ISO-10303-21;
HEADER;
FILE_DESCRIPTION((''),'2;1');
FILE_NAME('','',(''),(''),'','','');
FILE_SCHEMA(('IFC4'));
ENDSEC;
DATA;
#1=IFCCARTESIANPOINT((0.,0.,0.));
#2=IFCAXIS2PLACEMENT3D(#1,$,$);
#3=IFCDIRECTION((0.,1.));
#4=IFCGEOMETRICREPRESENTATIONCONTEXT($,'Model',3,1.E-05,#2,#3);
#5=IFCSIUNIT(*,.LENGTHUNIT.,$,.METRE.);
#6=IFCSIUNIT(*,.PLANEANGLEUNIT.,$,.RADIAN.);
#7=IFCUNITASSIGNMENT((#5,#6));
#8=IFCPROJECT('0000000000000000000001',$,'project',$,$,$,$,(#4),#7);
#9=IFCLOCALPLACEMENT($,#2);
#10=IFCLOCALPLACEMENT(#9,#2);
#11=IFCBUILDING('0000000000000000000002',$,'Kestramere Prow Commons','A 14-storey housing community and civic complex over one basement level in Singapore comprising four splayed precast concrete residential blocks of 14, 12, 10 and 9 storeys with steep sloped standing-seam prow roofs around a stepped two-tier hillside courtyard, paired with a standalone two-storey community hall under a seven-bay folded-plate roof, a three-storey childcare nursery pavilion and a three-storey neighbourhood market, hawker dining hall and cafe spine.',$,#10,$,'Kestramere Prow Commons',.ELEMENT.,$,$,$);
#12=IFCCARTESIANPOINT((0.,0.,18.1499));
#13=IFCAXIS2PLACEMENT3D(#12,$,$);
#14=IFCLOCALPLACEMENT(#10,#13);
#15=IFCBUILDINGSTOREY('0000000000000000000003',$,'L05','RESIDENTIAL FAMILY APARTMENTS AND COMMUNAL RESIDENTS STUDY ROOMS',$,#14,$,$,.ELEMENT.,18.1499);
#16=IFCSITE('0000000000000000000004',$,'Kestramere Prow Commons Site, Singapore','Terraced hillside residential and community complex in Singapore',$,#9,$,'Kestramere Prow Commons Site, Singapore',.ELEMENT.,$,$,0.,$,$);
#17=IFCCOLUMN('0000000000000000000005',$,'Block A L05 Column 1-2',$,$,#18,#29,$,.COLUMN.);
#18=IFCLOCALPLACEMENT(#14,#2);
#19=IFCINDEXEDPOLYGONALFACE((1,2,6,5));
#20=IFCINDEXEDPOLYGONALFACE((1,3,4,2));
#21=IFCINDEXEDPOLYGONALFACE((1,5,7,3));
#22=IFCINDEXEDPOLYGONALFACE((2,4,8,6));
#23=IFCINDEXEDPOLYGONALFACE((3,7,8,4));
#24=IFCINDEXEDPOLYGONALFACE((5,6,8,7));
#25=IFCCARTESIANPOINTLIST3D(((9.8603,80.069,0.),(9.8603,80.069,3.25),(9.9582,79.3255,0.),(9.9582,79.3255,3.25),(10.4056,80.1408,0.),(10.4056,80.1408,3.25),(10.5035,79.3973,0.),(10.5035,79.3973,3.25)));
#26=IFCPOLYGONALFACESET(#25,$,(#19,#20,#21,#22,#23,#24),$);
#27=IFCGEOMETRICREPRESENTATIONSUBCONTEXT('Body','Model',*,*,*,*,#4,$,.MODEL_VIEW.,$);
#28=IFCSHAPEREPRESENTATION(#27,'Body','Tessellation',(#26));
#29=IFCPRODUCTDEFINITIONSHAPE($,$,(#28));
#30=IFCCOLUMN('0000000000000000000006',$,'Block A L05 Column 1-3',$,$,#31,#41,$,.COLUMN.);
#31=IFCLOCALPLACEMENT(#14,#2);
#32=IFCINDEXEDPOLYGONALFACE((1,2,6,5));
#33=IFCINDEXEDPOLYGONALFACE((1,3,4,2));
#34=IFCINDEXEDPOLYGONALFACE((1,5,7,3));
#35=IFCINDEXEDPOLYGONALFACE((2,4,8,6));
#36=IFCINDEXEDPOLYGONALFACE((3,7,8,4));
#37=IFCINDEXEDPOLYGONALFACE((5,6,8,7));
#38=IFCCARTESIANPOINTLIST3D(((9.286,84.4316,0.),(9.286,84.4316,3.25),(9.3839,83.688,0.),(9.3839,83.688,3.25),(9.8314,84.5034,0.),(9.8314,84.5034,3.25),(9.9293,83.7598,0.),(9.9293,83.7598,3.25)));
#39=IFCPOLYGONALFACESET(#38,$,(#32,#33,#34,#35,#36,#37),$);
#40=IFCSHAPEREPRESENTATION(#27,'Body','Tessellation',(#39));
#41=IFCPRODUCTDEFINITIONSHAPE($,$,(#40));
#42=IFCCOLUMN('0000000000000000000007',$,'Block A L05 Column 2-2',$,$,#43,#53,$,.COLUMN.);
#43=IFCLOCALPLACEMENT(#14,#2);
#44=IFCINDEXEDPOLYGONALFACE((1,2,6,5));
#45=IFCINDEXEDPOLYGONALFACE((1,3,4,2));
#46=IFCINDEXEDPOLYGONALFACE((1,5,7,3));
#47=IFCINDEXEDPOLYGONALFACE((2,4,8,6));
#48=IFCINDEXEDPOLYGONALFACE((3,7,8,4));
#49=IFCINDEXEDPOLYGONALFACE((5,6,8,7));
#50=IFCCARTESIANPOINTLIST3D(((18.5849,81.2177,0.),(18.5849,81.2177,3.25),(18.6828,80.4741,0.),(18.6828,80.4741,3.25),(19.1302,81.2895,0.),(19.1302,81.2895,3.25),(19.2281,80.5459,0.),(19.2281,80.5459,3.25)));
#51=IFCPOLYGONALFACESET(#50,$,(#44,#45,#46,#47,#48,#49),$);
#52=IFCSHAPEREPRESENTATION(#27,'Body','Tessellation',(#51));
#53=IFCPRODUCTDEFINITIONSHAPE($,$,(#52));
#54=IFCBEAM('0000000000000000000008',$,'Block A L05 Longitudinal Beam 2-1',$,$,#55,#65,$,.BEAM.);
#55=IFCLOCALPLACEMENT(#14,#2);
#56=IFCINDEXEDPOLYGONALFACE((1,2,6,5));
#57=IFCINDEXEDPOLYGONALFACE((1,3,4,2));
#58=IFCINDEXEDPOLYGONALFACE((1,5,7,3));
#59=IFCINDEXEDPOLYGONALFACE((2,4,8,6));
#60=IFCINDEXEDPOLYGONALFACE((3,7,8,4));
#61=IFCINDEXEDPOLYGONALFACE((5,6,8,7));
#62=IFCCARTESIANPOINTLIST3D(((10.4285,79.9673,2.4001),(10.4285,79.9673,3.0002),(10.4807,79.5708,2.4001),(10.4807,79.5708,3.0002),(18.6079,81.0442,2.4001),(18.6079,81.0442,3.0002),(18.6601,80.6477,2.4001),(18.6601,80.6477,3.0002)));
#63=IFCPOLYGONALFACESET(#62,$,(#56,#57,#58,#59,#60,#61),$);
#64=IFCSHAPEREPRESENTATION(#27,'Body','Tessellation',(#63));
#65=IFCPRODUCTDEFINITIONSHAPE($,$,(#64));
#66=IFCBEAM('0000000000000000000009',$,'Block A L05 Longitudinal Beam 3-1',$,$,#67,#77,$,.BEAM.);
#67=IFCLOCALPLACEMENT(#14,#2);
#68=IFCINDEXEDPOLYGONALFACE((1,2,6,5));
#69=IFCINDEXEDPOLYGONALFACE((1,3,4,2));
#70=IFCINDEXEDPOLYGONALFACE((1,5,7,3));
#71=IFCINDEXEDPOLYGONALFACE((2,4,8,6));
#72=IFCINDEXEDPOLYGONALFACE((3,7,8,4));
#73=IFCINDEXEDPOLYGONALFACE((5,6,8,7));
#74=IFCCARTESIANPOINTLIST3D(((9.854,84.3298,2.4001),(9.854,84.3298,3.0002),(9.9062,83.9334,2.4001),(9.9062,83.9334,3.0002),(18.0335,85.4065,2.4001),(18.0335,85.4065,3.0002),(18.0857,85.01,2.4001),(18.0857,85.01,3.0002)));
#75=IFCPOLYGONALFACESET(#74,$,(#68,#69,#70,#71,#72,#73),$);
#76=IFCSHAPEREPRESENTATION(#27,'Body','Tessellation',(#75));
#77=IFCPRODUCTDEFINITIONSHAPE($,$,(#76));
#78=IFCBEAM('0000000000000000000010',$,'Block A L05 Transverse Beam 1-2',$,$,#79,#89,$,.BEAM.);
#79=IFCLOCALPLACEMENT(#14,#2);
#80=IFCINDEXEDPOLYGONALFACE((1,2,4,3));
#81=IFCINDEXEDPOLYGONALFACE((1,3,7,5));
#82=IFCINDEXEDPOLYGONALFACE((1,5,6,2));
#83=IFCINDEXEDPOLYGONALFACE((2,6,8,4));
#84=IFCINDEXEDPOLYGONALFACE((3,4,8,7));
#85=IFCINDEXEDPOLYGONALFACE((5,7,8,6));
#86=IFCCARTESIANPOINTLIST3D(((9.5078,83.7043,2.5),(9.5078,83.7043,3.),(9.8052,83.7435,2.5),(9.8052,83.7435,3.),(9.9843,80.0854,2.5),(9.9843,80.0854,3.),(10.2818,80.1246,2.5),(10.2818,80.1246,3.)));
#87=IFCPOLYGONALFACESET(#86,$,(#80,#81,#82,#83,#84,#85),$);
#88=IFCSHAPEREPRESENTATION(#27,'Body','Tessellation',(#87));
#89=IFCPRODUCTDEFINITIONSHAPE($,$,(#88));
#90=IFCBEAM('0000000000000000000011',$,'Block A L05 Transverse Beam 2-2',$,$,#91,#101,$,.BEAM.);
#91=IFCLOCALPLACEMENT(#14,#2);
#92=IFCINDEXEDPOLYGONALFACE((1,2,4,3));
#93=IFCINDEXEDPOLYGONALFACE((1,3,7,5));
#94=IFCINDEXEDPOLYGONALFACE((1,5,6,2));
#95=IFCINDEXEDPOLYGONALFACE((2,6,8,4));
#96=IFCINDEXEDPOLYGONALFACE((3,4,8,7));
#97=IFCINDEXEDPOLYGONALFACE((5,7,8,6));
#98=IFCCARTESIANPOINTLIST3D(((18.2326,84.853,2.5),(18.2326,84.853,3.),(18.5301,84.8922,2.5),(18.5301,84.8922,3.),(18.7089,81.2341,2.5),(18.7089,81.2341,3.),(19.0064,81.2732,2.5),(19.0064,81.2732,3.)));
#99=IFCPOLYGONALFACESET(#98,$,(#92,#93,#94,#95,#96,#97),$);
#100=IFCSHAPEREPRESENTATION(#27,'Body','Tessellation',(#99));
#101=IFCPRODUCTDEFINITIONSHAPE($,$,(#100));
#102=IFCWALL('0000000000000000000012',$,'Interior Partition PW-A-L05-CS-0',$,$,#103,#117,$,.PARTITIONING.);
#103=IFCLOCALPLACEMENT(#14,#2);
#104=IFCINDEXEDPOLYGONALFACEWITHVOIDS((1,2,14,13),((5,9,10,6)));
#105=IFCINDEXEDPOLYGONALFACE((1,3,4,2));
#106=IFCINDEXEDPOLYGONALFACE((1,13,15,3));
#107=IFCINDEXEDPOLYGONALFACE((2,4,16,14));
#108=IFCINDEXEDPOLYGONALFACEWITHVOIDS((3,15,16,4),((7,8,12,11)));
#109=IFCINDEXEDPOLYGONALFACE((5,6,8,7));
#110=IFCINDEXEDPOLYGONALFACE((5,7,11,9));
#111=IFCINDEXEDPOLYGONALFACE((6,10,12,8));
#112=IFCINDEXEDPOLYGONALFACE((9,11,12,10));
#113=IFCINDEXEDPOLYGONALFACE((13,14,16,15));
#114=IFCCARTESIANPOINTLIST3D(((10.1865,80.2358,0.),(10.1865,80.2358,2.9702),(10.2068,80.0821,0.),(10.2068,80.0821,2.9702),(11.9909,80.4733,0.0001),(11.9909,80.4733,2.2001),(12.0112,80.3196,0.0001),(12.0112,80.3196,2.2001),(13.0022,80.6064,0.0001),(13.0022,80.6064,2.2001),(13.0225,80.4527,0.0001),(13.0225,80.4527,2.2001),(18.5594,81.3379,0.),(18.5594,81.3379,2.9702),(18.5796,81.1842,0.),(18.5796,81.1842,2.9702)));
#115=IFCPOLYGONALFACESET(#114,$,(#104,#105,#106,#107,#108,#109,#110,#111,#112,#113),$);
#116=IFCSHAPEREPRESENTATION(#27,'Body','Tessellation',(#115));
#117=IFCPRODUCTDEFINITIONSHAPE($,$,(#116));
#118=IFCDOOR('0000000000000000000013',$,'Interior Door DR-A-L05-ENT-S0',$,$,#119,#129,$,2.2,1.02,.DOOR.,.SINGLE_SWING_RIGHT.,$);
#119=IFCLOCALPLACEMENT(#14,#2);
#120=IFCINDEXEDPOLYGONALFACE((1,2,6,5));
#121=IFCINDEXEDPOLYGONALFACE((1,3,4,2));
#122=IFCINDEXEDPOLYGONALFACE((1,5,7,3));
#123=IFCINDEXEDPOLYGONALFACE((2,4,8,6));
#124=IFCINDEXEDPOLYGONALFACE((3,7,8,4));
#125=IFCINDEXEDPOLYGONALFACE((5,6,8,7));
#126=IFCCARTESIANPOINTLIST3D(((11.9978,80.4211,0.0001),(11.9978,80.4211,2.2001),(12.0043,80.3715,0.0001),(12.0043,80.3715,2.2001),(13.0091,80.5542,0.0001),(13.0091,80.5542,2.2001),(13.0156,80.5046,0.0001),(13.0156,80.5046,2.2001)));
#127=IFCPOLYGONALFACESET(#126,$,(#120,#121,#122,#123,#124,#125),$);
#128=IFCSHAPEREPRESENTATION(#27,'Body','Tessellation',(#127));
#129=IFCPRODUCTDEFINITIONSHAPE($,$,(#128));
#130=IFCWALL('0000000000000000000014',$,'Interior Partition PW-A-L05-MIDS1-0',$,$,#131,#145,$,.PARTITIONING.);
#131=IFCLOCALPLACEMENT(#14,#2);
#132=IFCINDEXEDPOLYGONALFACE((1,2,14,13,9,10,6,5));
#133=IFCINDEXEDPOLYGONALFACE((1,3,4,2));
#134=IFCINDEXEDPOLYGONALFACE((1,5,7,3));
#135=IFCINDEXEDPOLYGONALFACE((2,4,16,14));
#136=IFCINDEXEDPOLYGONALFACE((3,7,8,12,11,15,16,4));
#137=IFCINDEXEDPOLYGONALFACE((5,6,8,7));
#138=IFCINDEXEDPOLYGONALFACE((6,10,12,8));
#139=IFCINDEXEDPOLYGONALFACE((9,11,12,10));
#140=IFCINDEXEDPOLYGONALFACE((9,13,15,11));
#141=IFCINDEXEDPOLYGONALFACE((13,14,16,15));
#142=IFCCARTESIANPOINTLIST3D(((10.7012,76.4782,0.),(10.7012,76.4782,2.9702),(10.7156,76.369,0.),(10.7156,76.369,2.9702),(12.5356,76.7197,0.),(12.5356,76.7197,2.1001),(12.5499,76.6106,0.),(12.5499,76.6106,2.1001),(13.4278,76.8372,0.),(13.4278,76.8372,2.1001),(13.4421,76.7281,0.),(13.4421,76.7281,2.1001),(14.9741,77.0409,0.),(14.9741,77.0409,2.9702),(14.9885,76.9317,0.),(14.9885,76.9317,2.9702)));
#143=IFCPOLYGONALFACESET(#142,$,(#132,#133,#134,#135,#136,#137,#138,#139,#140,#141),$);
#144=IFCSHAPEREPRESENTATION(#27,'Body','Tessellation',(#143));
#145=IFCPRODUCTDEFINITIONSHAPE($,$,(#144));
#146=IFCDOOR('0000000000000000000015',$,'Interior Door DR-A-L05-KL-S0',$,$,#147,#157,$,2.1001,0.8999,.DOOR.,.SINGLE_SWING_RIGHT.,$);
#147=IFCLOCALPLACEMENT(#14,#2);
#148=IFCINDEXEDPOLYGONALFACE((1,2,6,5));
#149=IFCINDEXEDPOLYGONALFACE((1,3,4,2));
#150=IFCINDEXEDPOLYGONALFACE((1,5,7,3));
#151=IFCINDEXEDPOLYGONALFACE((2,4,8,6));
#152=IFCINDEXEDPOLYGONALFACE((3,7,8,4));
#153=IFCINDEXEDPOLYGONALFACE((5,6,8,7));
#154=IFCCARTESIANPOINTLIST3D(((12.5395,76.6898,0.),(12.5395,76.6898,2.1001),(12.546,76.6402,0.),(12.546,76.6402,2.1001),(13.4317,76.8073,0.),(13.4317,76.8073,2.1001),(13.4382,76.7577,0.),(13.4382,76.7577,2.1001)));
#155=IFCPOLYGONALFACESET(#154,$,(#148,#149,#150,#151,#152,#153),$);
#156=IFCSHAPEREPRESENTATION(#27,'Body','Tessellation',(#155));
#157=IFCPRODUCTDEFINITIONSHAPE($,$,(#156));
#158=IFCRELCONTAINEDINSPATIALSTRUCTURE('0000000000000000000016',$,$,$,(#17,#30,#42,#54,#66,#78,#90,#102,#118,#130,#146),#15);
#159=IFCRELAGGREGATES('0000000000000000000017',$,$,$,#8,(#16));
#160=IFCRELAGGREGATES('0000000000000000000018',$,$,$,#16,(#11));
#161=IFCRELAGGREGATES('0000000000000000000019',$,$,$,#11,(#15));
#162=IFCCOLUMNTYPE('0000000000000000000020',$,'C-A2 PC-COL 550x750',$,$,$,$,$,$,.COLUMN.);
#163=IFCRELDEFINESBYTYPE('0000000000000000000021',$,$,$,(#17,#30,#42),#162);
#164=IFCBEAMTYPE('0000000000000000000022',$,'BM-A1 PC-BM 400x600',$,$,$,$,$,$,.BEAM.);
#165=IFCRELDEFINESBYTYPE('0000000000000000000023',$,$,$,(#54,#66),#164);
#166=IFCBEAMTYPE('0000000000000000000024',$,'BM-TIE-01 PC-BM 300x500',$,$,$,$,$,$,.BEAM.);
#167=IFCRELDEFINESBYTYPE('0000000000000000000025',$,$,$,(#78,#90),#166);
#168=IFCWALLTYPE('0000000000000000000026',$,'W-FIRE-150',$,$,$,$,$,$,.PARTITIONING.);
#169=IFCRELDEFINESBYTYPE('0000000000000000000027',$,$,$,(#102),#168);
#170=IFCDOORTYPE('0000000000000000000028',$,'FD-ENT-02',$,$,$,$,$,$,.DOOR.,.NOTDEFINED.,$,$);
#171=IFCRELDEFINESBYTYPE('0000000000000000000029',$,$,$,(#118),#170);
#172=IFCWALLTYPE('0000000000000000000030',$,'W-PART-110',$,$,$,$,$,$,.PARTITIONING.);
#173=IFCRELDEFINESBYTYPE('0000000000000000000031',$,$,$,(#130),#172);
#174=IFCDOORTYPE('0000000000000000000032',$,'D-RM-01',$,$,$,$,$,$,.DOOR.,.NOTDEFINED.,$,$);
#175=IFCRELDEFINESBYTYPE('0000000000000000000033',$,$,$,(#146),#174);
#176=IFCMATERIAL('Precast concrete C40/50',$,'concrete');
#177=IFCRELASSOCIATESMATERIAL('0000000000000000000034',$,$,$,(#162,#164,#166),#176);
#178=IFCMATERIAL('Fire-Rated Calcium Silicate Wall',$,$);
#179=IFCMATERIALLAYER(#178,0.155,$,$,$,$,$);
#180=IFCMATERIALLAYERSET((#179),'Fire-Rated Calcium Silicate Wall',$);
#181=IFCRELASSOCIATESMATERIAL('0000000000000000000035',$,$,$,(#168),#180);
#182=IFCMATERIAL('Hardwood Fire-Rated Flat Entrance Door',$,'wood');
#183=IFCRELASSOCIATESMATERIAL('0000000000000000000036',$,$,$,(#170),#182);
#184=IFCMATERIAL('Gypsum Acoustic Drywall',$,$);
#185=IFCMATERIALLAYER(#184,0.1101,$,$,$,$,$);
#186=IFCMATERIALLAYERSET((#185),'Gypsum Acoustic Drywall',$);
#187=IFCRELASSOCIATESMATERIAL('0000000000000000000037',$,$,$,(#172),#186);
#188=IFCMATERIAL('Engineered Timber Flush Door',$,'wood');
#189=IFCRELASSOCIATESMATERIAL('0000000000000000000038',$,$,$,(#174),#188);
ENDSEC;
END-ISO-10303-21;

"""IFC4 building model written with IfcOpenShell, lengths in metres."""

from ifc_helpers import new_model, si_unit, direction, frame, frame_2d, origin, origin_2d, place, context, subcontext, project, spatial, rectangle, extrude, material, layer, layer_set, material_profile, profile_set, type_object, element, fill, save


model = new_model("IFC4")

# Units and contexts
model_context = context("Model", 3, precision=1e-05, world=origin(), true_north=direction((0.0, 1.0)))
body_context = subcontext(model_context, "Body", "Model", "MODEL_VIEW")
ifc_project = project(units=[si_unit("LENGTHUNIT", "METRE"), si_unit("PLANEANGLEUNIT", "RADIAN")], contexts=[model_context])

# Site, building, storey
site_placement = place(None, origin())
site = spatial("IfcSite", under=ifc_project, at=site_placement, Name="Kestramere Prow Commons Site, Singapore", Description="Terraced hillside residential and community complex in Singapore", LongName="Kestramere Prow Commons Site, Singapore", CompositionType="ELEMENT", RefElevation=0.0)
building_placement = place(site_placement, origin())
building = spatial("IfcBuilding", under=site, at=building_placement, Name="Kestramere Prow Commons", Description="A 14-storey housing community and civic complex over one basement level in Singapore comprising four splayed precast concrete residential blocks of 14, 12, 10 and 9 storeys with steep sloped standing-seam prow roofs around a stepped two-tier hillside courtyard, paired with a standalone two-storey community hall under a seven-bay folded-plate roof, a three-storey childcare nursery pavilion and a three-storey neighbourhood market, hawker dining hall and cafe spine.", LongName="Kestramere Prow Commons", CompositionType="ELEMENT")
storey_placement = place(building_placement, frame((0.0, 0.0, 18.1499)))
storey = spatial("IfcBuildingStorey", under=building, at=storey_placement, Name="L05", Description="RESIDENTIAL FAMILY APARTMENTS AND COMMUNAL RESIDENTS STUDY ROOMS", CompositionType="ELEMENT", Elevation=18.1499)

# Columns
ifc_material_1 = material(Name="Precast concrete C40/50", Category="concrete")
ifc_material_profile_1 = material_profile(ifc_material_1, rectangle(XDim=0.55, YDim=0.75, at=origin_2d()), Name="PC-COL 550x750")
ifc_profile_set_1 = profile_set([ifc_material_profile_1], Name="Precast concrete C40/50")
column_type = type_object("IfcColumnType", Name="C-A2 PC-COL 550x750", PredefinedType="COLUMN", material=ifc_profile_set_1)
for number, where, z_axis, x_axis, name in (
    (1, (10.1819, 79.7332, 0.0), (0.0, 0.0, 1.0), (0.991445, 0.130526, 0.0), "Block A L05 Column 1-2"),
    (2, (9.6077, 84.0957, 0.0), (0.0, 0.0, 1.0), (0.991445, 0.130526, 0.0), "Block A L05 Column 1-3"),
    (3, (18.9065, 80.8818, 0.0), (0.0, 0.0, 1.0), (0.991445, 0.130526, 0.0), "Block A L05 Column 2-2"),
):
    element("IfcColumn", number, at=place(storey_placement, frame(where, z_axis=z_axis, x_axis=x_axis)), inside=storey, type_object=column_type, Name=name, PredefinedType="COLUMN", context=body_context, shape_type="SweptSolid", body=[
        extrude(rectangle(XDim=0.55, YDim=0.75, at=origin_2d()), origin(), (0.0, 0.0, 1.0), 3.25),
    ])

# Beams
ifc_material_profile_2 = material_profile(ifc_material_1, rectangle(XDim=0.3999, YDim=0.6001, at=origin_2d()), Name="PC-BM 400x600")
ifc_profile_set_2 = profile_set([ifc_material_profile_2], Name="Precast concrete C40/50")
beam_type_1 = type_object("IfcBeamType", Name="BM-A1 PC-BM 400x600", PredefinedType="BEAM", material=ifc_profile_set_2)
for number, where, z_axis, x_axis, name in (
    (4, (10.4546, 79.769, 2.7002), (0.991444, 0.130533, 0.0), (-0.130533, 0.991444, 0.0), "Block A L05 Longitudinal Beam 2-1"),
    (5, (9.8801, 84.1316, 2.7002), (0.991448, 0.130504, 0.0), (-0.130504, 0.991448, 0.0), "Block A L05 Longitudinal Beam 3-1"),
):
    element("IfcBeam", number, at=place(storey_placement, frame(where, z_axis=z_axis, x_axis=x_axis)), inside=storey, type_object=beam_type_1, Name=name, PredefinedType="BEAM", context=body_context, shape_type="SweptSolid", body=[
        extrude(rectangle(XDim=0.3999, YDim=0.6001, at=origin_2d()), origin(), (0.0, 0.0, 1.0), 8.25),
    ])
ifc_material_profile_3 = material_profile(ifc_material_1, rectangle(XDim=0.3, YDim=0.5, at=origin_2d()), Name="PC-BM 300x500")
ifc_profile_set_3 = profile_set([ifc_material_profile_3], Name="Precast concrete C40/50")
beam_type_2 = type_object("IfcBeamType", Name="BM-TIE-01 PC-BM 300x500", PredefinedType="BEAM", material=ifc_profile_set_3)
for number, where, z_axis, x_axis, name in (
    (6, (10.1331, 80.105, 2.75), (-0.13056, 0.99144, 0.0), (-0.99144, -0.13056, 0.0), "Block A L05 Transverse Beam 1-2"),
    (7, (18.8577, 81.2537, 2.75), (-0.130494, 0.991449, 0.0), (-0.991449, -0.130494, 0.0), "Block A L05 Transverse Beam 2-2"),
):
    element("IfcBeam", number, at=place(storey_placement, frame(where, z_axis=z_axis, x_axis=x_axis)), inside=storey, type_object=beam_type_2, Name=name, PredefinedType="BEAM", context=body_context, shape_type="SweptSolid", body=[
        extrude(rectangle(XDim=0.3, YDim=0.5, at=origin_2d()), origin(), (0.0, 0.0, 1.0), 3.6501),
    ])

# Walls, openings, doors
ifc_material_2 = material(Name="Fire-Rated Calcium Silicate Wall")
ifc_layer_1 = layer(ifc_material_2, 0.155)
ifc_layer_set_1 = layer_set([ifc_layer_1], Name="Fire-Rated Calcium Silicate Wall")
wall_type_1 = type_object("IfcWallType", Name="W-FIRE-150", PredefinedType="PARTITIONING", material=ifc_layer_set_1)
wall_1_placement = place(storey_placement, frame((10.1965, 80.1589, 0.0), z_axis=(0.0, 0.0, 1.0), x_axis=(0.991449, 0.130497, 0.0)))
wall_1 = element("IfcWall", 8, at=wall_1_placement, inside=storey, type_object=wall_type_1, Name="Interior Partition PW-A-L05-CS-0", PredefinedType="PARTITIONING", context=body_context, shape_type="SweptSolid", body=[
    extrude(rectangle(XDim=8.4451, YDim=0.155, at=frame_2d((4.2227, 0.0))), origin(), (0.0, 0.0, 1.0), 2.9702),
])
opening_1_placement = place(wall_1_placement, frame((1.8201, 0.0, 0.0)))
opening_1 = element("IfcOpeningElement", 9, at=opening_1_placement, cuts=wall_1, PredefinedType="OPENING", context=body_context, shape_type="SweptSolid", body=[
    extrude(rectangle(XDim=1.02, YDim=2.2, at=frame_2d((0.51, 1.1001))), frame((0.0, 0.0925, 0.0), z_axis=(0.0, -1.0, 0.0), x_axis=(1.0, 0.0, 0.0)), (0.0, 0.0, 1.0), 0.1851),
])
ifc_material_3 = material(Name="Hardwood Fire-Rated Flat Entrance Door", Category="wood")
door_type_1 = type_object("IfcDoorType", Name="FD-ENT-02", OperationType="NOTDEFINED", PredefinedType="DOOR", material=ifc_material_3)
door_1_placement = place(opening_1_placement, origin())
door_1 = element("IfcDoor", 10, at=door_1_placement, inside=storey, type_object=door_type_1, Name="Interior Door DR-A-L05-ENT-S0", OperationType="SINGLE_SWING_RIGHT", OverallHeight=2.2, OverallWidth=1.02, PredefinedType="DOOR", context=body_context, shape_type="SweptSolid", body=[
    extrude(rectangle(XDim=1.02, YDim=2.2, at=frame_2d((0.51, 1.1001))), frame((0.0, 0.0249, 0.0), z_axis=(0.0, -1.0, 0.0), x_axis=(1.0, 0.0, 0.0)), (0.0, 0.0, 1.0), 0.05),
])
fill(opening_1, door_1)
ifc_material_4 = material(Name="Gypsum Acoustic Drywall")
ifc_layer_2 = layer(ifc_material_4, 0.1101)
ifc_layer_set_2 = layer_set([ifc_layer_2], Name="Gypsum Acoustic Drywall")
wall_type_2 = type_object("IfcWallType", Name="W-PART-110", PredefinedType="PARTITIONING", material=ifc_layer_set_2)
wall_2_placement = place(storey_placement, frame((10.7085, 76.4236, 0.0), z_axis=(0.0, 0.0, 1.0), x_axis=(0.991439, 0.130572, 0.0)))
wall_2 = element("IfcWall", 11, at=wall_2_placement, inside=storey, type_object=wall_type_2, Name="Interior Partition PW-A-L05-MIDS1-0", PredefinedType="PARTITIONING", context=body_context, shape_type="SweptSolid", body=[
    extrude(rectangle(XDim=4.3098, YDim=0.1101, at=frame_2d((2.1548, 0.0))), origin(), (0.0, 0.0, 1.0), 2.9702),
])
opening_2_placement = place(wall_2_placement, frame((1.8501, 0.0, 0.0)))
opening_2 = element("IfcOpeningElement", 12, at=opening_2_placement, cuts=wall_2, PredefinedType="OPENING", context=body_context, shape_type="SweptSolid", body=[
    extrude(rectangle(XDim=0.8999, YDim=2.1001, at=frame_2d((0.45, 1.05))), frame((0.0, 0.0701, 0.0), z_axis=(0.0, -1.0, 0.0), x_axis=(1.0, 0.0, 0.0)), (0.0, 0.0, 1.0), 0.1401),
])
ifc_material_5 = material(Name="Engineered Timber Flush Door", Category="wood")
door_type_2 = type_object("IfcDoorType", Name="D-RM-01", OperationType="NOTDEFINED", PredefinedType="DOOR", material=ifc_material_5)
door_2_placement = place(opening_2_placement, origin())
door_2 = element("IfcDoor", 13, at=door_2_placement, inside=storey, type_object=door_type_2, Name="Interior Door DR-A-L05-KL-S0", OperationType="SINGLE_SWING_RIGHT", OverallHeight=2.1001, OverallWidth=0.8999, PredefinedType="DOOR", context=body_context, shape_type="SweptSolid", body=[
    extrude(rectangle(XDim=0.8999, YDim=2.1001, at=frame_2d((0.45, 1.05))), frame((0.0, 0.0249, 0.0), z_axis=(0.0, -1.0, 0.0), x_axis=(1.0, 0.0, 0.0)), (0.0, 0.0, 1.0), 0.05),
])
fill(opening_2, door_2)

save(model, "model.ifc")
